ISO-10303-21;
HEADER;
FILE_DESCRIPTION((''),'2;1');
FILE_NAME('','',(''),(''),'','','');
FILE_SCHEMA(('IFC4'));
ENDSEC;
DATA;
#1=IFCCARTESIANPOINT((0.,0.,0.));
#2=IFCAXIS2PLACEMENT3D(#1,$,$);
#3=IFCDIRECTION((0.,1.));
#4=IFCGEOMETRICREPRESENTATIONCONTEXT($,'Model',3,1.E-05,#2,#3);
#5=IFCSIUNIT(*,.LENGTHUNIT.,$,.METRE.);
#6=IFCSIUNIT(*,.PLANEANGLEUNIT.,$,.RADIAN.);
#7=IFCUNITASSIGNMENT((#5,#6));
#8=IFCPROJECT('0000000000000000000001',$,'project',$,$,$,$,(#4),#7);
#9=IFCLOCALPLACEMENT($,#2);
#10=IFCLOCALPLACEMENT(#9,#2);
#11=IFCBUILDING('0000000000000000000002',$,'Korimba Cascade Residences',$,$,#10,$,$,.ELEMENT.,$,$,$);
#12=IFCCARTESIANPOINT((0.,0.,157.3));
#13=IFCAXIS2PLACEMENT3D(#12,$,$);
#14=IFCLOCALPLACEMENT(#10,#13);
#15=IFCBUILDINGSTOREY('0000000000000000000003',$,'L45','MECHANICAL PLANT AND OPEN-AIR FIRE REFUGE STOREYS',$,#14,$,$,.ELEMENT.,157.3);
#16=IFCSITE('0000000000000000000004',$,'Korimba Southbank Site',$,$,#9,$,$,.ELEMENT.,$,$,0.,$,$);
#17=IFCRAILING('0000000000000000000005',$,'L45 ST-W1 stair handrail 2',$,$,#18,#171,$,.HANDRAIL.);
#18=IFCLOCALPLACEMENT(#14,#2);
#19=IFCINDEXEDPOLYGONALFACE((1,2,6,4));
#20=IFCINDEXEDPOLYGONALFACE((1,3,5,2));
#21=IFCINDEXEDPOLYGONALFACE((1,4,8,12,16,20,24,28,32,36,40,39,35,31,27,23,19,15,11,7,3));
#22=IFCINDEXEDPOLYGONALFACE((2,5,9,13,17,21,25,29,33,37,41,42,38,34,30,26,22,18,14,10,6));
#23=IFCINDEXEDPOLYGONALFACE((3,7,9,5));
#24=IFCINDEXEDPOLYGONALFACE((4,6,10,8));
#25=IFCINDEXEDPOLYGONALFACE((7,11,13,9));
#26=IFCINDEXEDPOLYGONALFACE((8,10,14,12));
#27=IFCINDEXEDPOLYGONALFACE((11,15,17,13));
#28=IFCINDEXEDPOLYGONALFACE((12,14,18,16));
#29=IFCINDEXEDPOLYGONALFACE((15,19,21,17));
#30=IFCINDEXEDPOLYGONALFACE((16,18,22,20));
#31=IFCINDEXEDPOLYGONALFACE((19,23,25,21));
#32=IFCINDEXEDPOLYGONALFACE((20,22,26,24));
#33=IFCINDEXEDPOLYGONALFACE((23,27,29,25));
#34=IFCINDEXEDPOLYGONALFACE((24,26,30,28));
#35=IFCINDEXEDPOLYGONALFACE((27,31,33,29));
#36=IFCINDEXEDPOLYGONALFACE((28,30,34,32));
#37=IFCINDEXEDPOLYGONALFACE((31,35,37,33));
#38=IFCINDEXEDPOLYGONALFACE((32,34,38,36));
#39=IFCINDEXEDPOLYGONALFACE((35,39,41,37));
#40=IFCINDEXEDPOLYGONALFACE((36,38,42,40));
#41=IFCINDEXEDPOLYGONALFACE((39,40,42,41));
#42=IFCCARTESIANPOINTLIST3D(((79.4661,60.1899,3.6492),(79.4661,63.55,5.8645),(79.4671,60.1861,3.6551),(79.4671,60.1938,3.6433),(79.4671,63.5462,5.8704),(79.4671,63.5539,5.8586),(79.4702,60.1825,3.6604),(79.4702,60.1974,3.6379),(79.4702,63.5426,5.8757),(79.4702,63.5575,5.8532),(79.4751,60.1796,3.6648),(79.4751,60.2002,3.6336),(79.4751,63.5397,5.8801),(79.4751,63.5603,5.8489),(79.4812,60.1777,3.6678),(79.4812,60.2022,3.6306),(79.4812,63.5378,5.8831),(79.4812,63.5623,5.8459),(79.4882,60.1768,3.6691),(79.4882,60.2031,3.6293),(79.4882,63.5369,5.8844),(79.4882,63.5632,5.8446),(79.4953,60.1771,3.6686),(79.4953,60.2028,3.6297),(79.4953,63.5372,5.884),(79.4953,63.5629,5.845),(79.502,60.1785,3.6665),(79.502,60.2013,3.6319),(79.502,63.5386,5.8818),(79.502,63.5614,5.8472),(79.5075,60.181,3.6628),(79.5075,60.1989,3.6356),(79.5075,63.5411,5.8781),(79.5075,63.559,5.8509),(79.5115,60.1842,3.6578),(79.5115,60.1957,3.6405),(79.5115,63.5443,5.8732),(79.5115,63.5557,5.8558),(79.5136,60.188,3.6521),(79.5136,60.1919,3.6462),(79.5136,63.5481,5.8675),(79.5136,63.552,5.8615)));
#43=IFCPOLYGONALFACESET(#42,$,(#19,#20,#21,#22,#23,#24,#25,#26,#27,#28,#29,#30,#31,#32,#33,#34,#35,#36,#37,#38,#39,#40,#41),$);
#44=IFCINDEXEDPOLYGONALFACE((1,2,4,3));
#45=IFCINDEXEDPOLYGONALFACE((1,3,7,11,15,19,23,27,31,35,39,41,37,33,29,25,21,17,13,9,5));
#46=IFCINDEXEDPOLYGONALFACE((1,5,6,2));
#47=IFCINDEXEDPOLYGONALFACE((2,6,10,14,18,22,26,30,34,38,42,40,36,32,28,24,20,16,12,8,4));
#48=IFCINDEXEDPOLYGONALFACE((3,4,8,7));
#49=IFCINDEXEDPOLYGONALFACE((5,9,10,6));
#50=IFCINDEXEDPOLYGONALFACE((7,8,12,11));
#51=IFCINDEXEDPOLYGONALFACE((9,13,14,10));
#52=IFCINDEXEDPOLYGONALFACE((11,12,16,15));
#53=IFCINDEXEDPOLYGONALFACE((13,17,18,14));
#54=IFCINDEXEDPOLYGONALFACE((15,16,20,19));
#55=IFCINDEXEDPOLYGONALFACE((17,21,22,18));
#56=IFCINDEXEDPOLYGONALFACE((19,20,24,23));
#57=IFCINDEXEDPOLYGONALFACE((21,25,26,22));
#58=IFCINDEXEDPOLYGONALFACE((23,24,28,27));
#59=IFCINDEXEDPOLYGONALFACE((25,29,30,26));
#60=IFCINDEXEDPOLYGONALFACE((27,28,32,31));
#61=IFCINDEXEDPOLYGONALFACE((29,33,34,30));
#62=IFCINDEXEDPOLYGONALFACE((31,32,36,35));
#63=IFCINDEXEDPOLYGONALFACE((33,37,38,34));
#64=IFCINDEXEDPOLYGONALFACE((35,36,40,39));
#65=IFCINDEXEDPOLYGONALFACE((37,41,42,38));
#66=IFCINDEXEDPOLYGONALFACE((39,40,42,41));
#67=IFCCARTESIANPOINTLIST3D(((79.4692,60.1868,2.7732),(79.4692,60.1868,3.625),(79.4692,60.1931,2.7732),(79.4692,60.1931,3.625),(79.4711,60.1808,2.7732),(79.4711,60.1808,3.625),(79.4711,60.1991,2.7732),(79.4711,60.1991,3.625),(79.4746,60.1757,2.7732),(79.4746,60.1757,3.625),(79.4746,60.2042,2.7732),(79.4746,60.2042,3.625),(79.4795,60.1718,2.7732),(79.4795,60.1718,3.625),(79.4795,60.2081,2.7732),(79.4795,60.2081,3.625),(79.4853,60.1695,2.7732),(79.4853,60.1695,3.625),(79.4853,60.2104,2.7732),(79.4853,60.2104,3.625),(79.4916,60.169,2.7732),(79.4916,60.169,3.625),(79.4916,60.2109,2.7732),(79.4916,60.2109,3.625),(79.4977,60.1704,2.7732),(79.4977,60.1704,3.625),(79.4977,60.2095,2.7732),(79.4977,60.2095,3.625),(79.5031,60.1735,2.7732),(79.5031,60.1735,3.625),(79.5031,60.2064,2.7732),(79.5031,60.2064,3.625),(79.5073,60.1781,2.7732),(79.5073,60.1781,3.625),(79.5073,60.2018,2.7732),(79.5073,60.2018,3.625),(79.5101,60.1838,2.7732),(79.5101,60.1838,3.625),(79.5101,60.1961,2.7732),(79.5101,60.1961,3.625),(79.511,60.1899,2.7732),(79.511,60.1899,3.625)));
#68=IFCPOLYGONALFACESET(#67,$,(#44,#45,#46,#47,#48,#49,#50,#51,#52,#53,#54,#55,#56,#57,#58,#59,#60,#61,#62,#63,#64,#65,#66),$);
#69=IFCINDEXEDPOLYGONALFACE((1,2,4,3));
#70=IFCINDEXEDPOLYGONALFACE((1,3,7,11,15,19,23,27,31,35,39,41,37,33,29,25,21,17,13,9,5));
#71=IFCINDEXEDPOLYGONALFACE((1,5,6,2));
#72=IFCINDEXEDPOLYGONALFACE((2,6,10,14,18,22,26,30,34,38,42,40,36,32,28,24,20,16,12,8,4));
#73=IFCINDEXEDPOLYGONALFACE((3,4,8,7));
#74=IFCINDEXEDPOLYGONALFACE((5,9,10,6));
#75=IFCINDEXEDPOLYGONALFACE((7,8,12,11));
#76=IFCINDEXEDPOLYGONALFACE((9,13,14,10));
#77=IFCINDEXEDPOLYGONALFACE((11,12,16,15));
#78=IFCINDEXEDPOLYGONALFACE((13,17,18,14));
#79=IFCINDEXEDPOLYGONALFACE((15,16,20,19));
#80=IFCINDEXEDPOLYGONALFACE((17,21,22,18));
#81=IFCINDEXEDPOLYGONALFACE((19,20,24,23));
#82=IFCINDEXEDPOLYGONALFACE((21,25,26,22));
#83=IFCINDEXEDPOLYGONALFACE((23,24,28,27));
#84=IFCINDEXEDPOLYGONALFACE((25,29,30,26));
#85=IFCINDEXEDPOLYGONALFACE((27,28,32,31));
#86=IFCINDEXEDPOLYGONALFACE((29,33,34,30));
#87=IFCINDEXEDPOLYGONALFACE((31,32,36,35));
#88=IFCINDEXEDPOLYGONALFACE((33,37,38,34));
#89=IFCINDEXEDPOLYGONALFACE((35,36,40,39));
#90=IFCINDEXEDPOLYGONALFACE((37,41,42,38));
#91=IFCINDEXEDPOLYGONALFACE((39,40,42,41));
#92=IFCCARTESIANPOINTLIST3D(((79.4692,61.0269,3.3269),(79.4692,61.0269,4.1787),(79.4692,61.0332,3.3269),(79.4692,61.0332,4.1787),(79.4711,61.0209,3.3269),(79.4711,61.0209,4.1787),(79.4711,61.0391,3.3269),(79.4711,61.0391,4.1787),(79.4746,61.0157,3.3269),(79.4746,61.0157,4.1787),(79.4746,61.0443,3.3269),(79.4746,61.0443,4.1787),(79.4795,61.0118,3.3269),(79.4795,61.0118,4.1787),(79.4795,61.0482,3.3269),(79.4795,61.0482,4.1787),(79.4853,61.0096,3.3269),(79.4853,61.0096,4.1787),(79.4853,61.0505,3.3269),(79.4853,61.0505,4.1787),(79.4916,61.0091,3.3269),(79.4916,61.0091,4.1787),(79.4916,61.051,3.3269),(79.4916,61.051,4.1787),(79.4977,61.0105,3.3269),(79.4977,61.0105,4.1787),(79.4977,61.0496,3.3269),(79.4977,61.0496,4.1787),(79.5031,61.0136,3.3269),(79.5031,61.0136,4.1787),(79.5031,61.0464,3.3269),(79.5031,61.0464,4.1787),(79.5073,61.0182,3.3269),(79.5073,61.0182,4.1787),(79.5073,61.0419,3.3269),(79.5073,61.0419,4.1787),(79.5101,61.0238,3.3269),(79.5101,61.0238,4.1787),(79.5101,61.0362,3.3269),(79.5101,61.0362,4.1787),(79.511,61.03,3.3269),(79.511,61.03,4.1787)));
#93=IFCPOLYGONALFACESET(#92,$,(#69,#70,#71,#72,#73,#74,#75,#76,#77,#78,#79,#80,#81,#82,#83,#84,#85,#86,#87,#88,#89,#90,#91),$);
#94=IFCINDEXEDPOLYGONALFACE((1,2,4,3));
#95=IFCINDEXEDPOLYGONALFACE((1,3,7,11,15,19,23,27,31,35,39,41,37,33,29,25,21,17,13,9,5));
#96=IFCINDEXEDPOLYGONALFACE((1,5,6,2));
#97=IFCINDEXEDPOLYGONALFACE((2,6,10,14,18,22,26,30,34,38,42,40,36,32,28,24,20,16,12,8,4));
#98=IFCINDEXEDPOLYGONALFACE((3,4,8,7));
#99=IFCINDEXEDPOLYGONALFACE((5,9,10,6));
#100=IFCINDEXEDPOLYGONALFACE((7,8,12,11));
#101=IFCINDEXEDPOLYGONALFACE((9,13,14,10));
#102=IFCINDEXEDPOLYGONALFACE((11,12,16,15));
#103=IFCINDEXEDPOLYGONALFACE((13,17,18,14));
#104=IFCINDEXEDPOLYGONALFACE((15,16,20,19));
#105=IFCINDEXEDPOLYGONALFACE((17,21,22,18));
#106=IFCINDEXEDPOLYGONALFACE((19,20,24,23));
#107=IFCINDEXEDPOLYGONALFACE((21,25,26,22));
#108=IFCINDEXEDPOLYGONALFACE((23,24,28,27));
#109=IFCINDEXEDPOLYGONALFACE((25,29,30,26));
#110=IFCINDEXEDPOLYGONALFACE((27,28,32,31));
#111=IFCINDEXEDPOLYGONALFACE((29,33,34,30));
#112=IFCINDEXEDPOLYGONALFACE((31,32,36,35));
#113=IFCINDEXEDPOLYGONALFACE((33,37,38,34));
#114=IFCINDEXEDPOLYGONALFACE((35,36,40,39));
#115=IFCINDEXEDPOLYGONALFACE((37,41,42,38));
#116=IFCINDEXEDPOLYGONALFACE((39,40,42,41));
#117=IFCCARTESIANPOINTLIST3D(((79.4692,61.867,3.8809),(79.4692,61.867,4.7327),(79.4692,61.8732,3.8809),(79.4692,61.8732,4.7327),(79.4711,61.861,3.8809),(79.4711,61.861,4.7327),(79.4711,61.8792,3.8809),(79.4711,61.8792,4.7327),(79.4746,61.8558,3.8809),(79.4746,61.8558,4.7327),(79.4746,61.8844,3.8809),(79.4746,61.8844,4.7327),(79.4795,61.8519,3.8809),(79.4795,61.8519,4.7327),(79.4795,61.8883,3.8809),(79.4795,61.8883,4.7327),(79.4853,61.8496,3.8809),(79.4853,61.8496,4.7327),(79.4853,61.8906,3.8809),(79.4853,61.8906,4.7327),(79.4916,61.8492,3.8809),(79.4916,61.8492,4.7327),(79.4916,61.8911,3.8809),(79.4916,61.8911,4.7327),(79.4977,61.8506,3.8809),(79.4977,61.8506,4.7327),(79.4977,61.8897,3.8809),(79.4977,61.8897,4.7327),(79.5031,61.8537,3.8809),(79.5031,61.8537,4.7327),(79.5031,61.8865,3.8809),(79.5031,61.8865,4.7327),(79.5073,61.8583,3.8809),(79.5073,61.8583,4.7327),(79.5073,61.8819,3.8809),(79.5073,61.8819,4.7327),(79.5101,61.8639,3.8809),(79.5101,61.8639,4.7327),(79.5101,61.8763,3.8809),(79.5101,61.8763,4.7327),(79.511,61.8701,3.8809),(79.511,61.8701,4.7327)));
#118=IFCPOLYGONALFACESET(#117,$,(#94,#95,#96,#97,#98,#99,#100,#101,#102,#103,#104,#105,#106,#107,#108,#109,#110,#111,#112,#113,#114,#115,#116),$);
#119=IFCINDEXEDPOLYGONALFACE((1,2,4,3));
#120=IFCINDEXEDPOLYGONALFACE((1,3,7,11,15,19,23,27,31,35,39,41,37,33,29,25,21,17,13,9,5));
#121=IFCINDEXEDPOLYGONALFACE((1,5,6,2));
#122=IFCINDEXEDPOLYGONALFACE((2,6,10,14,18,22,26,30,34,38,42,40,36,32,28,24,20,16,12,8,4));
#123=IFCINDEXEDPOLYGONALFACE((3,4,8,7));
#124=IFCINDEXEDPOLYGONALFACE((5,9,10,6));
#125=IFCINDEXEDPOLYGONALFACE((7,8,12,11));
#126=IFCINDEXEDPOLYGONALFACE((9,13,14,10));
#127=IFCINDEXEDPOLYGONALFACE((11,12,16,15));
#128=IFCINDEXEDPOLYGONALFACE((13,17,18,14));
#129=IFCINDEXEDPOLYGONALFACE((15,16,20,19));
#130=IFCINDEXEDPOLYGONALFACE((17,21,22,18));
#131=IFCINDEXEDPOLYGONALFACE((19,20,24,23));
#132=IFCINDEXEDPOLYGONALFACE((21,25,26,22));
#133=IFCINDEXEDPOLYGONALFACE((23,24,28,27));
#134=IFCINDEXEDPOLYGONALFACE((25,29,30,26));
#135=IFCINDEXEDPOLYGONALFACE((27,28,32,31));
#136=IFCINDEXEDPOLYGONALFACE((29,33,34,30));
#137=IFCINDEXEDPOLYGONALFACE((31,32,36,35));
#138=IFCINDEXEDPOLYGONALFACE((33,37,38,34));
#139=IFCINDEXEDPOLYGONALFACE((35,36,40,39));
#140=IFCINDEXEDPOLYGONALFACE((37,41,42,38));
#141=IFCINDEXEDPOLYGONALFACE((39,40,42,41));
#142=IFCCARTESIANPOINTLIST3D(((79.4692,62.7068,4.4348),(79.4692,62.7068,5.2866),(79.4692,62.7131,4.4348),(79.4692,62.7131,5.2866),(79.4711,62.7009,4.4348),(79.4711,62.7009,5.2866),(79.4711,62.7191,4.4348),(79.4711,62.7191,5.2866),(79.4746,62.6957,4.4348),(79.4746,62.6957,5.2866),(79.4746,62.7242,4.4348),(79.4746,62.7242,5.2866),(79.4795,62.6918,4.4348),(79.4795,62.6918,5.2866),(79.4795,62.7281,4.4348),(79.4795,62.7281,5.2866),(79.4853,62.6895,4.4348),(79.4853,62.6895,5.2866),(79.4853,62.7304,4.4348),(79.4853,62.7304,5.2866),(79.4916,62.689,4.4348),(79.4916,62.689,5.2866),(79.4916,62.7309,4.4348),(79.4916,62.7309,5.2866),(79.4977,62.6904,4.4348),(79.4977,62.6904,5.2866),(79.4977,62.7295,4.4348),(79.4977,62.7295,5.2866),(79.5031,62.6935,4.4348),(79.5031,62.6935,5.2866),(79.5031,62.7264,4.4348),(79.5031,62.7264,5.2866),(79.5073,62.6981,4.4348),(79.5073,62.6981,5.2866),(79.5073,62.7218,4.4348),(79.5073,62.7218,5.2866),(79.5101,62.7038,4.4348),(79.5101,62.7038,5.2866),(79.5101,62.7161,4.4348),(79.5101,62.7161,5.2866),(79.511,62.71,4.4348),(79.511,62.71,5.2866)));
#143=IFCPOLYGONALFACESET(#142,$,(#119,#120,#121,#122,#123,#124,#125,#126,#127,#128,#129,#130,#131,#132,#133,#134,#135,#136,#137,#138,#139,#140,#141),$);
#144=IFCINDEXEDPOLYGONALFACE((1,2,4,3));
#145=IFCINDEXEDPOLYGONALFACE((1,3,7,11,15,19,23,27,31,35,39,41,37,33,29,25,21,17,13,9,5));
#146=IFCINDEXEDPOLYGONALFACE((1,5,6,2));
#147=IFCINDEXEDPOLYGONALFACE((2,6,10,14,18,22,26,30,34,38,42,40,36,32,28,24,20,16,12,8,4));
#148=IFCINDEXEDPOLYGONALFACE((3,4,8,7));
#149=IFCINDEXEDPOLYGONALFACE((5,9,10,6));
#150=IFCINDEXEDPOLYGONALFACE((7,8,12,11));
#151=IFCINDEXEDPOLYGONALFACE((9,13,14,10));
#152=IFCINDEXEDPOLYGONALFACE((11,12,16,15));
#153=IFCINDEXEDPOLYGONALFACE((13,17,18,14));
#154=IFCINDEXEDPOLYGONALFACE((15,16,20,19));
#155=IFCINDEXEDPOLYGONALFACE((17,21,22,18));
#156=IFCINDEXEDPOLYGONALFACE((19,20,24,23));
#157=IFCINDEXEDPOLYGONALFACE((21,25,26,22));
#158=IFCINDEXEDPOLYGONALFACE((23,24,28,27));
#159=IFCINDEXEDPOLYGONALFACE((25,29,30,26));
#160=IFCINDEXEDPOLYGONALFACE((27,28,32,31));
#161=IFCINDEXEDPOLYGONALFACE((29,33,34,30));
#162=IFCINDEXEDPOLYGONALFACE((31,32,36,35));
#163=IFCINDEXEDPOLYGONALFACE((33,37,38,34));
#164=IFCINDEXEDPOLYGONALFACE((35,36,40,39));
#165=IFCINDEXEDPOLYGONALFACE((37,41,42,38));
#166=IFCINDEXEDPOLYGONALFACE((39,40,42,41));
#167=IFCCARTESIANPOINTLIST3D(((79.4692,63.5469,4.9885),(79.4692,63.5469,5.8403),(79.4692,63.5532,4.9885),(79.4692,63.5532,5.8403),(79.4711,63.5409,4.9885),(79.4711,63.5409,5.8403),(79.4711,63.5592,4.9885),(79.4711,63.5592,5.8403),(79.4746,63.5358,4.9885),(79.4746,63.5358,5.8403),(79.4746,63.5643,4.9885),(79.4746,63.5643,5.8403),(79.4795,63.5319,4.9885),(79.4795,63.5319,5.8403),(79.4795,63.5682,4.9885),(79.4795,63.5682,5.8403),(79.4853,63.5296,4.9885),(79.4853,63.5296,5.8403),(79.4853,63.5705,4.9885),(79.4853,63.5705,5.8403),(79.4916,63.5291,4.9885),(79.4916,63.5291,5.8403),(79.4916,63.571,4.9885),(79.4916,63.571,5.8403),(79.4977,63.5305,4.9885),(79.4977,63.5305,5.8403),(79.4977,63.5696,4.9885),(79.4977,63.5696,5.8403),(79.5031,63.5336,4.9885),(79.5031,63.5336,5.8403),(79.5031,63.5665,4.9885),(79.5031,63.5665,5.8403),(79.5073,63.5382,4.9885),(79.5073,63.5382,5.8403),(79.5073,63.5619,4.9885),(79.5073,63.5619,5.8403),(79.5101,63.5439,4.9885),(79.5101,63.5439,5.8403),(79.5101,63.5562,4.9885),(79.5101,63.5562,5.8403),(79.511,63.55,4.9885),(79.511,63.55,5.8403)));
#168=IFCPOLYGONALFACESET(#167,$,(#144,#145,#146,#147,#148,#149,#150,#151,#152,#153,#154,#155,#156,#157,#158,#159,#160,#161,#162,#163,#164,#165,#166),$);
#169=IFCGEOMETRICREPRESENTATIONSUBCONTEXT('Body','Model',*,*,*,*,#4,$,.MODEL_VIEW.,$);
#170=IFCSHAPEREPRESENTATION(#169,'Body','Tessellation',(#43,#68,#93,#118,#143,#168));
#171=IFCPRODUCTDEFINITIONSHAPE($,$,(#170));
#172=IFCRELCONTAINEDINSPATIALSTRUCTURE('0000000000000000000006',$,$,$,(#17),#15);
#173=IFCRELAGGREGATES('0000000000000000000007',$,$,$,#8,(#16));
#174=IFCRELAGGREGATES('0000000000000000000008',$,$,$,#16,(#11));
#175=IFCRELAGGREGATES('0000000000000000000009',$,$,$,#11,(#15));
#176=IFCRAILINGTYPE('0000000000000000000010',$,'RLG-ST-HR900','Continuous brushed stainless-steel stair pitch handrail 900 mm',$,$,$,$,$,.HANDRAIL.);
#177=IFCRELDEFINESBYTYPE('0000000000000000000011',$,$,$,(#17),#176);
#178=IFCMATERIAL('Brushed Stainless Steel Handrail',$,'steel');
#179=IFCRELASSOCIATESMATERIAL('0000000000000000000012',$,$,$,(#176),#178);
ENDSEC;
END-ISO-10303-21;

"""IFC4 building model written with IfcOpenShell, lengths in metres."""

from ifc_helpers import new_model, si_unit, direction, frame, origin, origin_2d, place, context, subcontext, project, spatial, circle, extrude, material, type_object, element, save


model = new_model("IFC4")

# Units and contexts
model_context = context("Model", 3, precision=1e-05, world=origin(), true_north=direction((0.0, 1.0)))
body_context = subcontext(model_context, "Body", "Model", "MODEL_VIEW")
ifc_project = project(units=[si_unit("LENGTHUNIT", "METRE"), si_unit("PLANEANGLEUNIT", "RADIAN")], contexts=[model_context])

# Site, building, storey
site_placement = place(None, origin())
site = spatial("IfcSite", under=ifc_project, at=site_placement, Name="Korimba Southbank Site", CompositionType="ELEMENT", RefElevation=0.0)
building_placement = place(site_placement, origin())
building = spatial("IfcBuilding", under=site, at=building_placement, Name="Korimba Cascade Residences", CompositionType="ELEMENT")
storey_placement = place(building_placement, frame((0.0, 0.0, 157.3)))
storey = spatial("IfcBuildingStorey", under=building, at=storey_placement, Name="L45", Description="MECHANICAL PLANT AND OPEN-AIR FIRE REFUGE STOREYS", CompositionType="ELEMENT", Elevation=157.3)

# Railing
ifc_material_1 = material(Name="Brushed Stainless Steel Handrail", Category="steel")
railing_type_1 = type_object("IfcRailingType", Name="RLG-ST-HR900", Description="Continuous brushed stainless-steel stair pitch handrail 900 mm", PredefinedType="HANDRAIL", material=ifc_material_1)
railing_1_placement = place(storey_placement, frame((79.49, 60.1899, 2.7732)))
element("IfcRailing", 1, at=railing_1_placement, inside=storey, type_object=railing_type_1, Name="L45 ST-W1 stair handrail 2", PredefinedType="HANDRAIL", context=body_context, shape_type="SweptSolid", body=[
    extrude(circle(Radius=0.0239, at=origin_2d()), frame((0.0, 0.0, 0.876), z_axis=(0.0, 0.834876, 0.550437), x_axis=(-1.0, 0.0, 0.0)), (0.0, 0.0, 1.0), 4.0247),
    extrude(circle(Radius=0.021, at=origin_2d()), origin(), (0.0, 0.0, 1.0), 0.8518),
    extrude(circle(Radius=0.021, at=origin_2d()), frame((0.0, 0.8401, 0.5537)), (0.0, 0.0, 1.0), 0.8518),
    extrude(circle(Radius=0.021, at=origin_2d()), frame((0.0, 1.6802, 1.1077)), (0.0, 0.0, 1.0), 0.8518),
    extrude(circle(Radius=0.021, at=origin_2d()), frame((0.0, 2.52, 1.6616)), (0.0, 0.0, 1.0), 0.8518),
    extrude(circle(Radius=0.021, at=origin_2d()), frame((0.0, 3.3601, 2.2153)), (0.0, 0.0, 1.0), 0.8518),
])

save(model, "model.ifc")
